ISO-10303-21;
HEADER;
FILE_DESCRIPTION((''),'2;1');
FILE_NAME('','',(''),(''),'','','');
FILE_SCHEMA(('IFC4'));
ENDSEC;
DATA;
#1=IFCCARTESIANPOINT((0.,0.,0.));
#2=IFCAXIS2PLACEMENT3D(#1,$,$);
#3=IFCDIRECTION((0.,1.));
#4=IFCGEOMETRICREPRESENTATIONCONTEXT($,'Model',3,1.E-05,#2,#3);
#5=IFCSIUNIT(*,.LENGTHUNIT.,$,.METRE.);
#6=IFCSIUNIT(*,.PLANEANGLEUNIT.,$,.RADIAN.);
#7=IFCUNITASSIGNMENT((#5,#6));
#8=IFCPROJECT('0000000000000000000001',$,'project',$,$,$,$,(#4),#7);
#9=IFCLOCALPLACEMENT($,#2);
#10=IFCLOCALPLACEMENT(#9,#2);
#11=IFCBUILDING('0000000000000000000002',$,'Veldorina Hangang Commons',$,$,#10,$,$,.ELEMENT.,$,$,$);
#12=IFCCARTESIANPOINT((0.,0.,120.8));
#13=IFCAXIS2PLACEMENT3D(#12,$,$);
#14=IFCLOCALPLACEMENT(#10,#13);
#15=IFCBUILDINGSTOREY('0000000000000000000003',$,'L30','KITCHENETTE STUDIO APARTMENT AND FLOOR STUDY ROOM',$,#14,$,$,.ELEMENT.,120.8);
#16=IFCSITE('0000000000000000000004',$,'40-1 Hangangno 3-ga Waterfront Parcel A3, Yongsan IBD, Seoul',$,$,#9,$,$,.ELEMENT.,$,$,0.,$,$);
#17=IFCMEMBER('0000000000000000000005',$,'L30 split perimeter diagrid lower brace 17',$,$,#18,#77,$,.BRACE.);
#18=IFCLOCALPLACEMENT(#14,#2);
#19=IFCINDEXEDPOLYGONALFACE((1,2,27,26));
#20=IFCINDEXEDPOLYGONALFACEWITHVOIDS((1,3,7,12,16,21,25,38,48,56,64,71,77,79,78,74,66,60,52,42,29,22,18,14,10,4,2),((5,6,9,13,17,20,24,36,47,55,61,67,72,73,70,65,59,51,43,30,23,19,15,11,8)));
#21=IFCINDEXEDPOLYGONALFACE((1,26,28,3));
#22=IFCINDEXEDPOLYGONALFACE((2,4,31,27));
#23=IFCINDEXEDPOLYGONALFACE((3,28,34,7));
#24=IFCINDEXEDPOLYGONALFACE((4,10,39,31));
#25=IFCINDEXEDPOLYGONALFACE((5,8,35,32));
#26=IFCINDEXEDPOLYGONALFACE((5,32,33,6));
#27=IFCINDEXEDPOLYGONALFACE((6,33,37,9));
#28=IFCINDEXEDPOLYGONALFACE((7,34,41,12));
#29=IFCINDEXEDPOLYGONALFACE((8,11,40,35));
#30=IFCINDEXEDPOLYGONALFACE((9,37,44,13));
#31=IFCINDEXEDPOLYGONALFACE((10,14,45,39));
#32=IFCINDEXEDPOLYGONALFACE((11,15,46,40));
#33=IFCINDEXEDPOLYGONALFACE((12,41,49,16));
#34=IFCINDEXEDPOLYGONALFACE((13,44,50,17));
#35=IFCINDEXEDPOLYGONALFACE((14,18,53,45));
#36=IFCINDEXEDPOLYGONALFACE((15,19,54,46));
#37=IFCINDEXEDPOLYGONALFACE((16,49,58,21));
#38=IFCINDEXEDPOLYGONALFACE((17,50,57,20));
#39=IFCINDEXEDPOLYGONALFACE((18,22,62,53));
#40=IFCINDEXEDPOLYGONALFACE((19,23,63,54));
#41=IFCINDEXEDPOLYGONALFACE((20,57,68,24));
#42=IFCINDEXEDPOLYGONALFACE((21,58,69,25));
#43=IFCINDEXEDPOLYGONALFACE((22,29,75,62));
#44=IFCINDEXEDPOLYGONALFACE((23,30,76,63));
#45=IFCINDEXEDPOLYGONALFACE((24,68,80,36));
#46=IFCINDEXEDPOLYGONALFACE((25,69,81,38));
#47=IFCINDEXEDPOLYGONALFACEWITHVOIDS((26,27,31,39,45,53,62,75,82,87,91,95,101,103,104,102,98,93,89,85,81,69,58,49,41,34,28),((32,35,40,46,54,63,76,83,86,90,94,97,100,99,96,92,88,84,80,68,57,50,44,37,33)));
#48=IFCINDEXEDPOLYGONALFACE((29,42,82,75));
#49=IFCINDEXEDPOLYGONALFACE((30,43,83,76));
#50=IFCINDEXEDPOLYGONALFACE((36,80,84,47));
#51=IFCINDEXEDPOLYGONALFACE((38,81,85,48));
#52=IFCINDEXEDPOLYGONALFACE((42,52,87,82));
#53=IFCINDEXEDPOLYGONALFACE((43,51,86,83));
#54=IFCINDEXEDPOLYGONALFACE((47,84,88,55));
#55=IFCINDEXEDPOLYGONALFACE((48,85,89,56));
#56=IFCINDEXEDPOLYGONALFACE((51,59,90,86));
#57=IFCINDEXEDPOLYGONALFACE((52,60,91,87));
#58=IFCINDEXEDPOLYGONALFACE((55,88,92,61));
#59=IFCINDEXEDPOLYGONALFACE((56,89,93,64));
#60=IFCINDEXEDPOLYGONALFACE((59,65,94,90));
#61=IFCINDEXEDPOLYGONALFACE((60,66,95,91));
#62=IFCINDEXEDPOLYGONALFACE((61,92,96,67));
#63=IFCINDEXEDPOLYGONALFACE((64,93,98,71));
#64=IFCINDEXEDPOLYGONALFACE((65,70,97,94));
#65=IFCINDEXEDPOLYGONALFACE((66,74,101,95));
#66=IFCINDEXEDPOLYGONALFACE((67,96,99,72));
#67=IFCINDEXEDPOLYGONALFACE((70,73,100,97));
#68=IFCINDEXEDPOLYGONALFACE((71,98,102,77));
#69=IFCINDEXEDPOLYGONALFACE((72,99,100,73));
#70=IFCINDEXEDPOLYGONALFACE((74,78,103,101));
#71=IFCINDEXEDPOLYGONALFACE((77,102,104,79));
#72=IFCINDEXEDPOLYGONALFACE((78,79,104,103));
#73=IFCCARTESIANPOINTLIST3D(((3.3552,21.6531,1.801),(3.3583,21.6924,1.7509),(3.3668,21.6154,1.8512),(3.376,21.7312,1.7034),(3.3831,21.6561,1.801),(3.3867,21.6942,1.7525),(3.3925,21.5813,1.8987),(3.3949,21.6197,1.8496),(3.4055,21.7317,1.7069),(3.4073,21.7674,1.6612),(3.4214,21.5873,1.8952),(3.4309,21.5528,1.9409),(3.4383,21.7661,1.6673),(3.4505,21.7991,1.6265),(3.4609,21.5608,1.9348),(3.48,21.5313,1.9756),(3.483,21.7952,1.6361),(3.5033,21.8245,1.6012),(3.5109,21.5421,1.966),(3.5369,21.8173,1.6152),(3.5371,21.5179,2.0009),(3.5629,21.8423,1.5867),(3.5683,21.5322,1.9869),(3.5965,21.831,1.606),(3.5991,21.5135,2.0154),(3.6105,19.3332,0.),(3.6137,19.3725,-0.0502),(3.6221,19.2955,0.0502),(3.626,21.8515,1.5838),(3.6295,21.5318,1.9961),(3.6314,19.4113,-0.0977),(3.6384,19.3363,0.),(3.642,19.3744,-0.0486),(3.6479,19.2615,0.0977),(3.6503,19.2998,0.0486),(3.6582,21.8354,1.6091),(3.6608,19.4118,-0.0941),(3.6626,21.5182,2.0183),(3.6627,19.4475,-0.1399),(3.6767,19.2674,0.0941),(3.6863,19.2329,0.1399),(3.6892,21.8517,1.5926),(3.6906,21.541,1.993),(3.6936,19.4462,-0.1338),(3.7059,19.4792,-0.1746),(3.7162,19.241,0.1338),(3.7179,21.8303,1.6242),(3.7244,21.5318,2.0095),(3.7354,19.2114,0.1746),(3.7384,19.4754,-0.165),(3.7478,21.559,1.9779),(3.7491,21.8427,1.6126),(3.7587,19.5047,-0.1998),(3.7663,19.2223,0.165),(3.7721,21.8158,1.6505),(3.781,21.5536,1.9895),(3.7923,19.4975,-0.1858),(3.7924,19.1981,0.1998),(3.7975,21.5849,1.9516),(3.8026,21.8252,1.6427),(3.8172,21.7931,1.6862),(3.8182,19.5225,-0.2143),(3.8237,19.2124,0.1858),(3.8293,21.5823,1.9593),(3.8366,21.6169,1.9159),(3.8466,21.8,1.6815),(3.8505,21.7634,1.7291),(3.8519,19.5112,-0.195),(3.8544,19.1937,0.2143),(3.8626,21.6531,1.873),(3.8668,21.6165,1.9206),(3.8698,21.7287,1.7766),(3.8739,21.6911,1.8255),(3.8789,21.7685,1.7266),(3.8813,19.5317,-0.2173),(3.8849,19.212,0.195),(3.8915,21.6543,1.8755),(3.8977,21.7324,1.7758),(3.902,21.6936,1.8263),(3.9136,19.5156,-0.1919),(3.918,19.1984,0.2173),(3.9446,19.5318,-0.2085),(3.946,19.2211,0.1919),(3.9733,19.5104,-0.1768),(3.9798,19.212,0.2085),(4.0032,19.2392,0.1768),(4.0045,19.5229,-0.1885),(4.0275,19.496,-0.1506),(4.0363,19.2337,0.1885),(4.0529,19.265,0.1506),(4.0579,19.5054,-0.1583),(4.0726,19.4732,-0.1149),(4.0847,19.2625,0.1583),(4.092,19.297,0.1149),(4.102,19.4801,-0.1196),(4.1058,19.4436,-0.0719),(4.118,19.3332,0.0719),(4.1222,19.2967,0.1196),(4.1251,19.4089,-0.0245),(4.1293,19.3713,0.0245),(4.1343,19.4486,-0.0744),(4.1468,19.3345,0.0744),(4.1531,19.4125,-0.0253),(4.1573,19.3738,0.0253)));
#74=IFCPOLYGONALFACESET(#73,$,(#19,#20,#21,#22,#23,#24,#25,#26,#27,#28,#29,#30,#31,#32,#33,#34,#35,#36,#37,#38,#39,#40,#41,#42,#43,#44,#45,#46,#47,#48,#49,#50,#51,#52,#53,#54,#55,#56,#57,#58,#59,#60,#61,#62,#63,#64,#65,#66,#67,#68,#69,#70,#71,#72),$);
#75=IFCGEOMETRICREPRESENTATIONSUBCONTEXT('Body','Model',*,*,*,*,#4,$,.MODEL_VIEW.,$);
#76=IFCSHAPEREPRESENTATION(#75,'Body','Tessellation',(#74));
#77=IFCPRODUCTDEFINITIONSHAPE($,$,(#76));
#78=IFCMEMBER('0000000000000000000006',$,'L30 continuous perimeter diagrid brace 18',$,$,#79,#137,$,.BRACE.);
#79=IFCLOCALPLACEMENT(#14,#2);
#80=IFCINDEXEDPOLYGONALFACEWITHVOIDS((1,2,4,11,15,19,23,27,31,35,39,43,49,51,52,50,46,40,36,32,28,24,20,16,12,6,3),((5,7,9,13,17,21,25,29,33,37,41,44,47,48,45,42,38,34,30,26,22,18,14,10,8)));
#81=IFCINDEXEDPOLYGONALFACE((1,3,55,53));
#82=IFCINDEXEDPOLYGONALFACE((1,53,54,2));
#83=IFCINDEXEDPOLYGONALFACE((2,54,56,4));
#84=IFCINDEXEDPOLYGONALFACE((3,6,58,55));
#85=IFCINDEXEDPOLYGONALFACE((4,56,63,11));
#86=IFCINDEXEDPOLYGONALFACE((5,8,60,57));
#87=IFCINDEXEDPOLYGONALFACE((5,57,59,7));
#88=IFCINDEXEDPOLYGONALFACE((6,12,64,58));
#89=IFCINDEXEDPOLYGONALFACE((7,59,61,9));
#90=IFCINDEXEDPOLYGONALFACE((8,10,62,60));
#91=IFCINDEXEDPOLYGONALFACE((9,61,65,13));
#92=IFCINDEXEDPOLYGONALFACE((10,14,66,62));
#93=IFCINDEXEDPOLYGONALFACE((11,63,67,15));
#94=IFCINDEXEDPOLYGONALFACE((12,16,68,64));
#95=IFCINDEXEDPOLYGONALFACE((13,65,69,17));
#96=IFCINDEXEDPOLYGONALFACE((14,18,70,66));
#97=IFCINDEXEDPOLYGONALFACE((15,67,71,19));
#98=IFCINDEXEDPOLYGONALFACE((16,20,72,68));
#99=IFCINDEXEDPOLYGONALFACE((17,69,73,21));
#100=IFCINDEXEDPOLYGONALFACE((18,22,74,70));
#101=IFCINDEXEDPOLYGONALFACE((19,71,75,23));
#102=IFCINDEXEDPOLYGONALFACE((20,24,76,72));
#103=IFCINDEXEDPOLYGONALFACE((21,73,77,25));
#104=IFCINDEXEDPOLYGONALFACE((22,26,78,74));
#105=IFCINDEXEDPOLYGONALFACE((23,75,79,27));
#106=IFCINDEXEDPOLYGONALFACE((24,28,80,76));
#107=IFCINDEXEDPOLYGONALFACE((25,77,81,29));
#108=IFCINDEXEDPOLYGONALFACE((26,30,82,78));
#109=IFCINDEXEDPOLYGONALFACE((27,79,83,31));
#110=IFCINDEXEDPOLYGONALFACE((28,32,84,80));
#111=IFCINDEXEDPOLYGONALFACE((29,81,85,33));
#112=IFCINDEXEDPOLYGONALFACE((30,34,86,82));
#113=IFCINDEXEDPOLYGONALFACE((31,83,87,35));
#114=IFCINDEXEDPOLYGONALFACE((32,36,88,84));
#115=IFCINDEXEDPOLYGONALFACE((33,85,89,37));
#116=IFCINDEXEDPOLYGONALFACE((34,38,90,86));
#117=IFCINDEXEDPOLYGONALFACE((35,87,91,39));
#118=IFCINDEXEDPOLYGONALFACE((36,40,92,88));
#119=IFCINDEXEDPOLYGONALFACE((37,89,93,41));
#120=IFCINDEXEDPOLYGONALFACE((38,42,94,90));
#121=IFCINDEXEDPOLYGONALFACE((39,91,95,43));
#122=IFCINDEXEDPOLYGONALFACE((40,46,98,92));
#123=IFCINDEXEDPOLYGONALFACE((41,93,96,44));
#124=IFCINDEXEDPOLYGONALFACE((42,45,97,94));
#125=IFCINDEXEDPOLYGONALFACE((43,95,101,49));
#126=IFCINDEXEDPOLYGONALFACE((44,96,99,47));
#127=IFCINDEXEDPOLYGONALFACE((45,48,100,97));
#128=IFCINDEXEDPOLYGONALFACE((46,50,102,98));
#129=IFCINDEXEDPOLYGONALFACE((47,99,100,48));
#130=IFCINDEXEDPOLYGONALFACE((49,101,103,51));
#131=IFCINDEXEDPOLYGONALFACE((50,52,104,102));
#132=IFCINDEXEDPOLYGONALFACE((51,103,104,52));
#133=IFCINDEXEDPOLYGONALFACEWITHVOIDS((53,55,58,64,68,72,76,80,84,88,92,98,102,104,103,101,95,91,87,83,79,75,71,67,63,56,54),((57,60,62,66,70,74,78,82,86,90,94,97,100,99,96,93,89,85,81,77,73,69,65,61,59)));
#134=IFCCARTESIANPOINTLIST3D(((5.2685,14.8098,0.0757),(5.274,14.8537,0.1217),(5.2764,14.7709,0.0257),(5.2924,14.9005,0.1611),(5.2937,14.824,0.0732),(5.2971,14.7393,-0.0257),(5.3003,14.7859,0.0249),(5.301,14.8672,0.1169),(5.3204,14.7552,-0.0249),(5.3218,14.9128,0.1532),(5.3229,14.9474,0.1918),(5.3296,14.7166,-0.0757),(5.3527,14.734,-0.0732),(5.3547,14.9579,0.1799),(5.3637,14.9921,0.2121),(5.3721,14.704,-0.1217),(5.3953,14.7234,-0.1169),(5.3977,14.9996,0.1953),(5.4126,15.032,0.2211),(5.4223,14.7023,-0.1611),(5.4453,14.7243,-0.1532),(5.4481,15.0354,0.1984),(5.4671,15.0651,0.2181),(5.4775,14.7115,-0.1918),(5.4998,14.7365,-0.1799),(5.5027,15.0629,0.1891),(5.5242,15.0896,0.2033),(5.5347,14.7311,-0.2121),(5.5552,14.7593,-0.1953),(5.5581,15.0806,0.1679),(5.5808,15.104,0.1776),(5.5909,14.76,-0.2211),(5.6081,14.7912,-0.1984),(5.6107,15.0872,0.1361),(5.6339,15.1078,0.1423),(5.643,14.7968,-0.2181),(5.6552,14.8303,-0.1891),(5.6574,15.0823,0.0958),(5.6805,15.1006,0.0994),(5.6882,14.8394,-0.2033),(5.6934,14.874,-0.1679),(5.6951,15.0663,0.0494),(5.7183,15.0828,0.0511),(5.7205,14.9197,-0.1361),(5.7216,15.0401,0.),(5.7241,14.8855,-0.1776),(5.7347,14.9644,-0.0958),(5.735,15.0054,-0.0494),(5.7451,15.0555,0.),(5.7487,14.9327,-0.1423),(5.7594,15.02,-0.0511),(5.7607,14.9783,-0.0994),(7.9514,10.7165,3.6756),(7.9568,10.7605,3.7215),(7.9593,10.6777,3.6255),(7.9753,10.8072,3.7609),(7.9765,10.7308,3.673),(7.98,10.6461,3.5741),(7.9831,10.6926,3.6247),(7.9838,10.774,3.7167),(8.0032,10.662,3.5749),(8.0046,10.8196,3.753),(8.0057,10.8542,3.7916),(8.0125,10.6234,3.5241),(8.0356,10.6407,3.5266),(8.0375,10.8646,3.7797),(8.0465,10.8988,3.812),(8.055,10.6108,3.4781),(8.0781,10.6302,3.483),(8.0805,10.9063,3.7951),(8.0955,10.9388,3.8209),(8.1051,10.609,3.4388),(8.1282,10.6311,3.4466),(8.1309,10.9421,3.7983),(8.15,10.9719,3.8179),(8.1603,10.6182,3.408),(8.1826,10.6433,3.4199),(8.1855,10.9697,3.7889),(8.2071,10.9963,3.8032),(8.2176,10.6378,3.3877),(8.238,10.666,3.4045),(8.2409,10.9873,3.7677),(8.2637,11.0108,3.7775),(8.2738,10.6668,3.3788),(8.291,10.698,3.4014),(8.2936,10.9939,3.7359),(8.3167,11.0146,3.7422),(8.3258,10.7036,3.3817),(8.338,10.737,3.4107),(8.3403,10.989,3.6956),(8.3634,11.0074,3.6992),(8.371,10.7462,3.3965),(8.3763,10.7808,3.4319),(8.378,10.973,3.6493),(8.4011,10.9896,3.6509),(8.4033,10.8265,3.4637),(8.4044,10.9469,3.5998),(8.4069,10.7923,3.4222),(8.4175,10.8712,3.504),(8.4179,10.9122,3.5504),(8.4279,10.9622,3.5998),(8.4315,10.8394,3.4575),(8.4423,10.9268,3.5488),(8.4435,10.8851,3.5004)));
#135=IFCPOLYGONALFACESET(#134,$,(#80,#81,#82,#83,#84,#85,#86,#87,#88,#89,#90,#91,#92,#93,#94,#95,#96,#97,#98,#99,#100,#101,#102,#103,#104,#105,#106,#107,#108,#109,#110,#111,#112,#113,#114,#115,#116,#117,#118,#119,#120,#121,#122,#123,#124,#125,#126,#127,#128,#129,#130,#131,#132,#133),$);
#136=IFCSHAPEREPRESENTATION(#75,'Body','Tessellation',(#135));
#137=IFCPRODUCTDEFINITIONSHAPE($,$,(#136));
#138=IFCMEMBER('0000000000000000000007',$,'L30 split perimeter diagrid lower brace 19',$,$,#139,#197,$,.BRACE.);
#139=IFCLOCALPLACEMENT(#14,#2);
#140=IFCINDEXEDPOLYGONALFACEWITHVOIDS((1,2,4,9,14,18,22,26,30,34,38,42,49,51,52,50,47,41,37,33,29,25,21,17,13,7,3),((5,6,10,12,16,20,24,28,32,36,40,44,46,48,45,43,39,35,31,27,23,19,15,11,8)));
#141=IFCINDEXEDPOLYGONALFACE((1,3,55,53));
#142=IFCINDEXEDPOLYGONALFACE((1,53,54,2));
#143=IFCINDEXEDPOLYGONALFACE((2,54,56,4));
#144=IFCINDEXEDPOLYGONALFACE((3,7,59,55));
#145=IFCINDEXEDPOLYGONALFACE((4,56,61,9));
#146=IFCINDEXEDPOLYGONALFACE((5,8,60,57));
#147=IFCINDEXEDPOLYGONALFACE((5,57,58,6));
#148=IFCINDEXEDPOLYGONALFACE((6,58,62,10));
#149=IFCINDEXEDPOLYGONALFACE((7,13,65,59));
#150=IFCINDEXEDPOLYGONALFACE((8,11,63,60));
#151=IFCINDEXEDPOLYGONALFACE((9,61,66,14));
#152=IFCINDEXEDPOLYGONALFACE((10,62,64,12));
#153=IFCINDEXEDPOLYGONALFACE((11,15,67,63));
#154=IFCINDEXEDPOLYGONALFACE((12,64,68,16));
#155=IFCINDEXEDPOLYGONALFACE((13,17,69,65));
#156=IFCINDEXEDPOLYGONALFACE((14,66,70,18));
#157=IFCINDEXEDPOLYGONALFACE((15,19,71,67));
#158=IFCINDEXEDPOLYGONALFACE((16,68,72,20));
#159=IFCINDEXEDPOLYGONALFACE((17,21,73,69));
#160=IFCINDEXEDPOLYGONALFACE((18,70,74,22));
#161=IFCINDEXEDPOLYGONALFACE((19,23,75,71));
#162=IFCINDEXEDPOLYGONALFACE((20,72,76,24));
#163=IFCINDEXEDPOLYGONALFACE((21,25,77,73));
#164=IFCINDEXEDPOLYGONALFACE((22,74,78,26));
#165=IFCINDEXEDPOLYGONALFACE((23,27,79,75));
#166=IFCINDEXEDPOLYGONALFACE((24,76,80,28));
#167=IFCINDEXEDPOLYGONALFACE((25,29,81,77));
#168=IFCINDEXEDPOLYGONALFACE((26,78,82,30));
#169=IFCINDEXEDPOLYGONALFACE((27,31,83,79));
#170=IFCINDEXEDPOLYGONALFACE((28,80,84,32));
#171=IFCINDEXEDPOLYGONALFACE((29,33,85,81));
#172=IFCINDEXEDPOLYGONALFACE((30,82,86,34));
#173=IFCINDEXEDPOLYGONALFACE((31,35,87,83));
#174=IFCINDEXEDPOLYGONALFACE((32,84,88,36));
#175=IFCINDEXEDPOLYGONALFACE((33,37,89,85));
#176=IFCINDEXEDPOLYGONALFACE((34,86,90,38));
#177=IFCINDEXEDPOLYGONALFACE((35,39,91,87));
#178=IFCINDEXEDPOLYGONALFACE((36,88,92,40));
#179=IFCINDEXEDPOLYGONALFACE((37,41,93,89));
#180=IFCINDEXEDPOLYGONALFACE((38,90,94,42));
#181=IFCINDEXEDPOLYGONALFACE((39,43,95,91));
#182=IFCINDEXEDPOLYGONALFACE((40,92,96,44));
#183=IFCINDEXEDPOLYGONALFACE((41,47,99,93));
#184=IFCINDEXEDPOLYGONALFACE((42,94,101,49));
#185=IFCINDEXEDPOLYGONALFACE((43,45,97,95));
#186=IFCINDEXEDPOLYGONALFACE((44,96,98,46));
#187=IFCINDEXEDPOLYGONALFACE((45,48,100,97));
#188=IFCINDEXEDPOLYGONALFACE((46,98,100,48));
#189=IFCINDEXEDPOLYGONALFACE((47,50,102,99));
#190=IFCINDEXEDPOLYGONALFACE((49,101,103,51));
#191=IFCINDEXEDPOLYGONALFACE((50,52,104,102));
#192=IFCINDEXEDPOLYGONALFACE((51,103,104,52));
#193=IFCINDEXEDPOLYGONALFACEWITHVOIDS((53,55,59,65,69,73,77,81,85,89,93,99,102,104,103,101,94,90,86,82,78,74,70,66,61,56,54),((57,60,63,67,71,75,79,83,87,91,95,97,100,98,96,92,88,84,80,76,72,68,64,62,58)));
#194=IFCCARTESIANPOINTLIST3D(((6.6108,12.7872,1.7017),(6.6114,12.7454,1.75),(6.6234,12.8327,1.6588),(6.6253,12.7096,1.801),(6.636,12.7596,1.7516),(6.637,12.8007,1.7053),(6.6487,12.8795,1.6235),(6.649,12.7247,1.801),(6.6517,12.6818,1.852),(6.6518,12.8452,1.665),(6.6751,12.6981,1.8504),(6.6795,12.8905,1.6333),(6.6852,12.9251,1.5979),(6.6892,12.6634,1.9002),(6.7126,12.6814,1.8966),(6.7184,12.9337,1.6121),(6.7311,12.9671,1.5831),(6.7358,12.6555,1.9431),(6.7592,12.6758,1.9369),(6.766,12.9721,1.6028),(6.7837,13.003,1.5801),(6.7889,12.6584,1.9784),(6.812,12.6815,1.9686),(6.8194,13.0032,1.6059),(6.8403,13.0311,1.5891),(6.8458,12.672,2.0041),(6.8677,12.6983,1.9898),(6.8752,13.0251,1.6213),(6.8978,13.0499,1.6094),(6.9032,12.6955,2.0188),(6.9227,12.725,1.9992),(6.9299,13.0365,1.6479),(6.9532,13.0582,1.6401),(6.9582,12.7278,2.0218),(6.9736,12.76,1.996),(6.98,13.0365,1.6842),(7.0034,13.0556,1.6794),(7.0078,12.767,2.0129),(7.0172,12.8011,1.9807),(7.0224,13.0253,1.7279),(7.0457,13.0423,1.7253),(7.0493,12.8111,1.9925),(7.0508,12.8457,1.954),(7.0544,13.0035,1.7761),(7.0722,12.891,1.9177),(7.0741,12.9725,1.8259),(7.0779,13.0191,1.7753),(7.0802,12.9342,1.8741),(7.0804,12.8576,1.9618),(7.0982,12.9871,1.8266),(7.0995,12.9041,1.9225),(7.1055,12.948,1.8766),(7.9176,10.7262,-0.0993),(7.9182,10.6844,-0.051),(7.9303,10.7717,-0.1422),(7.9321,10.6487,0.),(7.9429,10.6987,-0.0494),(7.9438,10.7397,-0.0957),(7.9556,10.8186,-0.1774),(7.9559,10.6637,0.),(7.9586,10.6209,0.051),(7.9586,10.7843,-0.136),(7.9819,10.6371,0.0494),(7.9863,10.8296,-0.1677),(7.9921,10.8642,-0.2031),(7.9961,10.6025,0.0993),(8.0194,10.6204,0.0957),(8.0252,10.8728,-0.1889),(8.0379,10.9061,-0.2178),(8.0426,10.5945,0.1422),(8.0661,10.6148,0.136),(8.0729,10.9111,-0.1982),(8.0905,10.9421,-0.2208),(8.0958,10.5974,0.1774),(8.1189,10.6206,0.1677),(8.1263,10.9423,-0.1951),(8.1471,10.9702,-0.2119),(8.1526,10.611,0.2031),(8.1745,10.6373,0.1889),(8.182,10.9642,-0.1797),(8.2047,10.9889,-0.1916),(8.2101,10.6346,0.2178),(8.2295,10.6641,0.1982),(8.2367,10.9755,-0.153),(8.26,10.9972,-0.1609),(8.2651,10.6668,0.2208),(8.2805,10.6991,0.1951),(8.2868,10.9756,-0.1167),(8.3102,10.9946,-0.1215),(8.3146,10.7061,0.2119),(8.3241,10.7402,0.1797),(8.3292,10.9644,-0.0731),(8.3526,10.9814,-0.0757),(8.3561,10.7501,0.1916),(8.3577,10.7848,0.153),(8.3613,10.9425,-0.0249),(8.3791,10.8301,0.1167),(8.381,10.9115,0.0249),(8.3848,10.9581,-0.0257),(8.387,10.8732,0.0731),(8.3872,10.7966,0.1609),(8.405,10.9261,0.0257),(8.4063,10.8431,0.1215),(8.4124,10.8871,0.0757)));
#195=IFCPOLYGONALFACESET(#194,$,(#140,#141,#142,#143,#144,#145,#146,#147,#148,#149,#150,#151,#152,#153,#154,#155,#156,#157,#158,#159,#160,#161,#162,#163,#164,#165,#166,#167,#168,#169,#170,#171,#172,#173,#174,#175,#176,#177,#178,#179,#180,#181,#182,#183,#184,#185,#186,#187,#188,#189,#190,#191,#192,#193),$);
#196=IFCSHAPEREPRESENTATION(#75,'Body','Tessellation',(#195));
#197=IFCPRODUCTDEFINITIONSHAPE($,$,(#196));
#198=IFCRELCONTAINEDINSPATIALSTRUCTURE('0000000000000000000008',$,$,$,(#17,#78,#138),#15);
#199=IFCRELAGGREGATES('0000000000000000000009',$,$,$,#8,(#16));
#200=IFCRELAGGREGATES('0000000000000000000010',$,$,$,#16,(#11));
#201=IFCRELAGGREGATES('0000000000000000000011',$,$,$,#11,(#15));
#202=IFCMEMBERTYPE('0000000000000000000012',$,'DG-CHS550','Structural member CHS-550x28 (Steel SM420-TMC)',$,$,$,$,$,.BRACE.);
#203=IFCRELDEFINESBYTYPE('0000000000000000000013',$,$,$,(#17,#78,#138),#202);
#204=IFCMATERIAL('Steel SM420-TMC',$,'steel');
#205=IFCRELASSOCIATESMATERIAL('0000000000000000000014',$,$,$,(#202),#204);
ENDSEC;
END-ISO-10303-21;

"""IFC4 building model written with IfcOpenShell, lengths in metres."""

from ifc_helpers import new_model, si_unit, direction, frame, origin, origin_2d, place, context, subcontext, project, spatial, hollow_circle, extrude, material, material_profile, profile_set, type_object, element, save


model = new_model("IFC4")

# Units and contexts
model_context = context("Model", 3, precision=1e-05, world=origin(), true_north=direction((0.0, 1.0)))
body_context = subcontext(model_context, "Body", "Model", "MODEL_VIEW")
ifc_project = project(units=[si_unit("LENGTHUNIT", "METRE"), si_unit("PLANEANGLEUNIT", "RADIAN")], contexts=[model_context])

# Site, building, storey
site_placement = place(None, origin())
site = spatial("IfcSite", under=ifc_project, at=site_placement, Name="40-1 Hangangno 3-ga Waterfront Parcel A3, Yongsan IBD, Seoul", CompositionType="ELEMENT", RefElevation=0.0)
building_placement = place(site_placement, origin())
building = spatial("IfcBuilding", under=site, at=building_placement, Name="Veldorina Hangang Commons", CompositionType="ELEMENT")
storey_placement = place(building_placement, frame((0.0, 0.0, 120.8)))
storey = spatial("IfcBuildingStorey", under=building, at=storey_placement, Name="L30", Description="KITCHENETTE STUDIO APARTMENT AND FLOOR STUDY ROOM", CompositionType="ELEMENT", Elevation=120.8)

# Shared definitions
ifc_material_1 = material(Name="Steel SM420-TMC", Category="steel")

# Members
ifc_material_profile_1 = material_profile(ifc_material_1, hollow_circle(Radius=0.2749, WallThickness=0.0281, at=origin_2d()), Name="CHS-550x28")
ifc_profile_set_1 = profile_set([ifc_material_profile_1], Name="Steel SM420-TMC")
member_type = type_object("IfcMemberType", Name="DG-CHS550", Description="Structural member CHS-550x28 (Steel SM420-TMC)", PredefinedType="BRACE", material=ifc_profile_set_1)
member_1_placement = place(storey_placement, frame((3.8838, 19.3633, 0.0), z_axis=(-0.086626, 0.786924, 0.610939), x_axis=(-0.993995, -0.109421, 0.0)))
element("IfcMember", 1, at=member_1_placement, inside=storey, type_object=member_type, Name="L30 split perimeter diagrid lower brace 17", PredefinedType="BRACE", context=body_context, shape_type="SweptSolid", body=[
    extrude(hollow_circle(Radius=0.2749, WallThickness=0.0281, at=origin_2d()), origin(), (0.0, 0.0, 1.0), 2.948),
])
member_2_placement = place(storey_placement, frame((5.5151, 14.9048, 0.0), z_axis=(0.441588, -0.673734, 0.592521), x_axis=(0.836361, 0.548179, 0.0)))
element("IfcMember", 2, at=member_2_placement, inside=storey, type_object=member_type, Name="L30 continuous perimeter diagrid brace 18", PredefinedType="BRACE", context=body_context, shape_type="SweptSolid", body=[
    extrude(hollow_circle(Radius=0.2749, WallThickness=0.0281, at=origin_2d()), origin(), (0.0, 0.0, 1.0), 6.0754),
])
member_3_placement = place(storey_placement, frame((8.1643, 10.7959, 0.0), z_axis=(-0.430879, 0.679521, 0.593796), x_axis=(-0.84453, -0.535509, 0.0)))
element("IfcMember", 3, at=member_3_placement, inside=storey, type_object=member_type, Name="L30 split perimeter diagrid lower brace 19", PredefinedType="BRACE", context=body_context, shape_type="SweptSolid", body=[
    extrude(hollow_circle(Radius=0.2749, WallThickness=0.0281, at=origin_2d()), origin(), (0.0, 0.0, 1.0), 3.033),
])

save(model, "model.ifc")
